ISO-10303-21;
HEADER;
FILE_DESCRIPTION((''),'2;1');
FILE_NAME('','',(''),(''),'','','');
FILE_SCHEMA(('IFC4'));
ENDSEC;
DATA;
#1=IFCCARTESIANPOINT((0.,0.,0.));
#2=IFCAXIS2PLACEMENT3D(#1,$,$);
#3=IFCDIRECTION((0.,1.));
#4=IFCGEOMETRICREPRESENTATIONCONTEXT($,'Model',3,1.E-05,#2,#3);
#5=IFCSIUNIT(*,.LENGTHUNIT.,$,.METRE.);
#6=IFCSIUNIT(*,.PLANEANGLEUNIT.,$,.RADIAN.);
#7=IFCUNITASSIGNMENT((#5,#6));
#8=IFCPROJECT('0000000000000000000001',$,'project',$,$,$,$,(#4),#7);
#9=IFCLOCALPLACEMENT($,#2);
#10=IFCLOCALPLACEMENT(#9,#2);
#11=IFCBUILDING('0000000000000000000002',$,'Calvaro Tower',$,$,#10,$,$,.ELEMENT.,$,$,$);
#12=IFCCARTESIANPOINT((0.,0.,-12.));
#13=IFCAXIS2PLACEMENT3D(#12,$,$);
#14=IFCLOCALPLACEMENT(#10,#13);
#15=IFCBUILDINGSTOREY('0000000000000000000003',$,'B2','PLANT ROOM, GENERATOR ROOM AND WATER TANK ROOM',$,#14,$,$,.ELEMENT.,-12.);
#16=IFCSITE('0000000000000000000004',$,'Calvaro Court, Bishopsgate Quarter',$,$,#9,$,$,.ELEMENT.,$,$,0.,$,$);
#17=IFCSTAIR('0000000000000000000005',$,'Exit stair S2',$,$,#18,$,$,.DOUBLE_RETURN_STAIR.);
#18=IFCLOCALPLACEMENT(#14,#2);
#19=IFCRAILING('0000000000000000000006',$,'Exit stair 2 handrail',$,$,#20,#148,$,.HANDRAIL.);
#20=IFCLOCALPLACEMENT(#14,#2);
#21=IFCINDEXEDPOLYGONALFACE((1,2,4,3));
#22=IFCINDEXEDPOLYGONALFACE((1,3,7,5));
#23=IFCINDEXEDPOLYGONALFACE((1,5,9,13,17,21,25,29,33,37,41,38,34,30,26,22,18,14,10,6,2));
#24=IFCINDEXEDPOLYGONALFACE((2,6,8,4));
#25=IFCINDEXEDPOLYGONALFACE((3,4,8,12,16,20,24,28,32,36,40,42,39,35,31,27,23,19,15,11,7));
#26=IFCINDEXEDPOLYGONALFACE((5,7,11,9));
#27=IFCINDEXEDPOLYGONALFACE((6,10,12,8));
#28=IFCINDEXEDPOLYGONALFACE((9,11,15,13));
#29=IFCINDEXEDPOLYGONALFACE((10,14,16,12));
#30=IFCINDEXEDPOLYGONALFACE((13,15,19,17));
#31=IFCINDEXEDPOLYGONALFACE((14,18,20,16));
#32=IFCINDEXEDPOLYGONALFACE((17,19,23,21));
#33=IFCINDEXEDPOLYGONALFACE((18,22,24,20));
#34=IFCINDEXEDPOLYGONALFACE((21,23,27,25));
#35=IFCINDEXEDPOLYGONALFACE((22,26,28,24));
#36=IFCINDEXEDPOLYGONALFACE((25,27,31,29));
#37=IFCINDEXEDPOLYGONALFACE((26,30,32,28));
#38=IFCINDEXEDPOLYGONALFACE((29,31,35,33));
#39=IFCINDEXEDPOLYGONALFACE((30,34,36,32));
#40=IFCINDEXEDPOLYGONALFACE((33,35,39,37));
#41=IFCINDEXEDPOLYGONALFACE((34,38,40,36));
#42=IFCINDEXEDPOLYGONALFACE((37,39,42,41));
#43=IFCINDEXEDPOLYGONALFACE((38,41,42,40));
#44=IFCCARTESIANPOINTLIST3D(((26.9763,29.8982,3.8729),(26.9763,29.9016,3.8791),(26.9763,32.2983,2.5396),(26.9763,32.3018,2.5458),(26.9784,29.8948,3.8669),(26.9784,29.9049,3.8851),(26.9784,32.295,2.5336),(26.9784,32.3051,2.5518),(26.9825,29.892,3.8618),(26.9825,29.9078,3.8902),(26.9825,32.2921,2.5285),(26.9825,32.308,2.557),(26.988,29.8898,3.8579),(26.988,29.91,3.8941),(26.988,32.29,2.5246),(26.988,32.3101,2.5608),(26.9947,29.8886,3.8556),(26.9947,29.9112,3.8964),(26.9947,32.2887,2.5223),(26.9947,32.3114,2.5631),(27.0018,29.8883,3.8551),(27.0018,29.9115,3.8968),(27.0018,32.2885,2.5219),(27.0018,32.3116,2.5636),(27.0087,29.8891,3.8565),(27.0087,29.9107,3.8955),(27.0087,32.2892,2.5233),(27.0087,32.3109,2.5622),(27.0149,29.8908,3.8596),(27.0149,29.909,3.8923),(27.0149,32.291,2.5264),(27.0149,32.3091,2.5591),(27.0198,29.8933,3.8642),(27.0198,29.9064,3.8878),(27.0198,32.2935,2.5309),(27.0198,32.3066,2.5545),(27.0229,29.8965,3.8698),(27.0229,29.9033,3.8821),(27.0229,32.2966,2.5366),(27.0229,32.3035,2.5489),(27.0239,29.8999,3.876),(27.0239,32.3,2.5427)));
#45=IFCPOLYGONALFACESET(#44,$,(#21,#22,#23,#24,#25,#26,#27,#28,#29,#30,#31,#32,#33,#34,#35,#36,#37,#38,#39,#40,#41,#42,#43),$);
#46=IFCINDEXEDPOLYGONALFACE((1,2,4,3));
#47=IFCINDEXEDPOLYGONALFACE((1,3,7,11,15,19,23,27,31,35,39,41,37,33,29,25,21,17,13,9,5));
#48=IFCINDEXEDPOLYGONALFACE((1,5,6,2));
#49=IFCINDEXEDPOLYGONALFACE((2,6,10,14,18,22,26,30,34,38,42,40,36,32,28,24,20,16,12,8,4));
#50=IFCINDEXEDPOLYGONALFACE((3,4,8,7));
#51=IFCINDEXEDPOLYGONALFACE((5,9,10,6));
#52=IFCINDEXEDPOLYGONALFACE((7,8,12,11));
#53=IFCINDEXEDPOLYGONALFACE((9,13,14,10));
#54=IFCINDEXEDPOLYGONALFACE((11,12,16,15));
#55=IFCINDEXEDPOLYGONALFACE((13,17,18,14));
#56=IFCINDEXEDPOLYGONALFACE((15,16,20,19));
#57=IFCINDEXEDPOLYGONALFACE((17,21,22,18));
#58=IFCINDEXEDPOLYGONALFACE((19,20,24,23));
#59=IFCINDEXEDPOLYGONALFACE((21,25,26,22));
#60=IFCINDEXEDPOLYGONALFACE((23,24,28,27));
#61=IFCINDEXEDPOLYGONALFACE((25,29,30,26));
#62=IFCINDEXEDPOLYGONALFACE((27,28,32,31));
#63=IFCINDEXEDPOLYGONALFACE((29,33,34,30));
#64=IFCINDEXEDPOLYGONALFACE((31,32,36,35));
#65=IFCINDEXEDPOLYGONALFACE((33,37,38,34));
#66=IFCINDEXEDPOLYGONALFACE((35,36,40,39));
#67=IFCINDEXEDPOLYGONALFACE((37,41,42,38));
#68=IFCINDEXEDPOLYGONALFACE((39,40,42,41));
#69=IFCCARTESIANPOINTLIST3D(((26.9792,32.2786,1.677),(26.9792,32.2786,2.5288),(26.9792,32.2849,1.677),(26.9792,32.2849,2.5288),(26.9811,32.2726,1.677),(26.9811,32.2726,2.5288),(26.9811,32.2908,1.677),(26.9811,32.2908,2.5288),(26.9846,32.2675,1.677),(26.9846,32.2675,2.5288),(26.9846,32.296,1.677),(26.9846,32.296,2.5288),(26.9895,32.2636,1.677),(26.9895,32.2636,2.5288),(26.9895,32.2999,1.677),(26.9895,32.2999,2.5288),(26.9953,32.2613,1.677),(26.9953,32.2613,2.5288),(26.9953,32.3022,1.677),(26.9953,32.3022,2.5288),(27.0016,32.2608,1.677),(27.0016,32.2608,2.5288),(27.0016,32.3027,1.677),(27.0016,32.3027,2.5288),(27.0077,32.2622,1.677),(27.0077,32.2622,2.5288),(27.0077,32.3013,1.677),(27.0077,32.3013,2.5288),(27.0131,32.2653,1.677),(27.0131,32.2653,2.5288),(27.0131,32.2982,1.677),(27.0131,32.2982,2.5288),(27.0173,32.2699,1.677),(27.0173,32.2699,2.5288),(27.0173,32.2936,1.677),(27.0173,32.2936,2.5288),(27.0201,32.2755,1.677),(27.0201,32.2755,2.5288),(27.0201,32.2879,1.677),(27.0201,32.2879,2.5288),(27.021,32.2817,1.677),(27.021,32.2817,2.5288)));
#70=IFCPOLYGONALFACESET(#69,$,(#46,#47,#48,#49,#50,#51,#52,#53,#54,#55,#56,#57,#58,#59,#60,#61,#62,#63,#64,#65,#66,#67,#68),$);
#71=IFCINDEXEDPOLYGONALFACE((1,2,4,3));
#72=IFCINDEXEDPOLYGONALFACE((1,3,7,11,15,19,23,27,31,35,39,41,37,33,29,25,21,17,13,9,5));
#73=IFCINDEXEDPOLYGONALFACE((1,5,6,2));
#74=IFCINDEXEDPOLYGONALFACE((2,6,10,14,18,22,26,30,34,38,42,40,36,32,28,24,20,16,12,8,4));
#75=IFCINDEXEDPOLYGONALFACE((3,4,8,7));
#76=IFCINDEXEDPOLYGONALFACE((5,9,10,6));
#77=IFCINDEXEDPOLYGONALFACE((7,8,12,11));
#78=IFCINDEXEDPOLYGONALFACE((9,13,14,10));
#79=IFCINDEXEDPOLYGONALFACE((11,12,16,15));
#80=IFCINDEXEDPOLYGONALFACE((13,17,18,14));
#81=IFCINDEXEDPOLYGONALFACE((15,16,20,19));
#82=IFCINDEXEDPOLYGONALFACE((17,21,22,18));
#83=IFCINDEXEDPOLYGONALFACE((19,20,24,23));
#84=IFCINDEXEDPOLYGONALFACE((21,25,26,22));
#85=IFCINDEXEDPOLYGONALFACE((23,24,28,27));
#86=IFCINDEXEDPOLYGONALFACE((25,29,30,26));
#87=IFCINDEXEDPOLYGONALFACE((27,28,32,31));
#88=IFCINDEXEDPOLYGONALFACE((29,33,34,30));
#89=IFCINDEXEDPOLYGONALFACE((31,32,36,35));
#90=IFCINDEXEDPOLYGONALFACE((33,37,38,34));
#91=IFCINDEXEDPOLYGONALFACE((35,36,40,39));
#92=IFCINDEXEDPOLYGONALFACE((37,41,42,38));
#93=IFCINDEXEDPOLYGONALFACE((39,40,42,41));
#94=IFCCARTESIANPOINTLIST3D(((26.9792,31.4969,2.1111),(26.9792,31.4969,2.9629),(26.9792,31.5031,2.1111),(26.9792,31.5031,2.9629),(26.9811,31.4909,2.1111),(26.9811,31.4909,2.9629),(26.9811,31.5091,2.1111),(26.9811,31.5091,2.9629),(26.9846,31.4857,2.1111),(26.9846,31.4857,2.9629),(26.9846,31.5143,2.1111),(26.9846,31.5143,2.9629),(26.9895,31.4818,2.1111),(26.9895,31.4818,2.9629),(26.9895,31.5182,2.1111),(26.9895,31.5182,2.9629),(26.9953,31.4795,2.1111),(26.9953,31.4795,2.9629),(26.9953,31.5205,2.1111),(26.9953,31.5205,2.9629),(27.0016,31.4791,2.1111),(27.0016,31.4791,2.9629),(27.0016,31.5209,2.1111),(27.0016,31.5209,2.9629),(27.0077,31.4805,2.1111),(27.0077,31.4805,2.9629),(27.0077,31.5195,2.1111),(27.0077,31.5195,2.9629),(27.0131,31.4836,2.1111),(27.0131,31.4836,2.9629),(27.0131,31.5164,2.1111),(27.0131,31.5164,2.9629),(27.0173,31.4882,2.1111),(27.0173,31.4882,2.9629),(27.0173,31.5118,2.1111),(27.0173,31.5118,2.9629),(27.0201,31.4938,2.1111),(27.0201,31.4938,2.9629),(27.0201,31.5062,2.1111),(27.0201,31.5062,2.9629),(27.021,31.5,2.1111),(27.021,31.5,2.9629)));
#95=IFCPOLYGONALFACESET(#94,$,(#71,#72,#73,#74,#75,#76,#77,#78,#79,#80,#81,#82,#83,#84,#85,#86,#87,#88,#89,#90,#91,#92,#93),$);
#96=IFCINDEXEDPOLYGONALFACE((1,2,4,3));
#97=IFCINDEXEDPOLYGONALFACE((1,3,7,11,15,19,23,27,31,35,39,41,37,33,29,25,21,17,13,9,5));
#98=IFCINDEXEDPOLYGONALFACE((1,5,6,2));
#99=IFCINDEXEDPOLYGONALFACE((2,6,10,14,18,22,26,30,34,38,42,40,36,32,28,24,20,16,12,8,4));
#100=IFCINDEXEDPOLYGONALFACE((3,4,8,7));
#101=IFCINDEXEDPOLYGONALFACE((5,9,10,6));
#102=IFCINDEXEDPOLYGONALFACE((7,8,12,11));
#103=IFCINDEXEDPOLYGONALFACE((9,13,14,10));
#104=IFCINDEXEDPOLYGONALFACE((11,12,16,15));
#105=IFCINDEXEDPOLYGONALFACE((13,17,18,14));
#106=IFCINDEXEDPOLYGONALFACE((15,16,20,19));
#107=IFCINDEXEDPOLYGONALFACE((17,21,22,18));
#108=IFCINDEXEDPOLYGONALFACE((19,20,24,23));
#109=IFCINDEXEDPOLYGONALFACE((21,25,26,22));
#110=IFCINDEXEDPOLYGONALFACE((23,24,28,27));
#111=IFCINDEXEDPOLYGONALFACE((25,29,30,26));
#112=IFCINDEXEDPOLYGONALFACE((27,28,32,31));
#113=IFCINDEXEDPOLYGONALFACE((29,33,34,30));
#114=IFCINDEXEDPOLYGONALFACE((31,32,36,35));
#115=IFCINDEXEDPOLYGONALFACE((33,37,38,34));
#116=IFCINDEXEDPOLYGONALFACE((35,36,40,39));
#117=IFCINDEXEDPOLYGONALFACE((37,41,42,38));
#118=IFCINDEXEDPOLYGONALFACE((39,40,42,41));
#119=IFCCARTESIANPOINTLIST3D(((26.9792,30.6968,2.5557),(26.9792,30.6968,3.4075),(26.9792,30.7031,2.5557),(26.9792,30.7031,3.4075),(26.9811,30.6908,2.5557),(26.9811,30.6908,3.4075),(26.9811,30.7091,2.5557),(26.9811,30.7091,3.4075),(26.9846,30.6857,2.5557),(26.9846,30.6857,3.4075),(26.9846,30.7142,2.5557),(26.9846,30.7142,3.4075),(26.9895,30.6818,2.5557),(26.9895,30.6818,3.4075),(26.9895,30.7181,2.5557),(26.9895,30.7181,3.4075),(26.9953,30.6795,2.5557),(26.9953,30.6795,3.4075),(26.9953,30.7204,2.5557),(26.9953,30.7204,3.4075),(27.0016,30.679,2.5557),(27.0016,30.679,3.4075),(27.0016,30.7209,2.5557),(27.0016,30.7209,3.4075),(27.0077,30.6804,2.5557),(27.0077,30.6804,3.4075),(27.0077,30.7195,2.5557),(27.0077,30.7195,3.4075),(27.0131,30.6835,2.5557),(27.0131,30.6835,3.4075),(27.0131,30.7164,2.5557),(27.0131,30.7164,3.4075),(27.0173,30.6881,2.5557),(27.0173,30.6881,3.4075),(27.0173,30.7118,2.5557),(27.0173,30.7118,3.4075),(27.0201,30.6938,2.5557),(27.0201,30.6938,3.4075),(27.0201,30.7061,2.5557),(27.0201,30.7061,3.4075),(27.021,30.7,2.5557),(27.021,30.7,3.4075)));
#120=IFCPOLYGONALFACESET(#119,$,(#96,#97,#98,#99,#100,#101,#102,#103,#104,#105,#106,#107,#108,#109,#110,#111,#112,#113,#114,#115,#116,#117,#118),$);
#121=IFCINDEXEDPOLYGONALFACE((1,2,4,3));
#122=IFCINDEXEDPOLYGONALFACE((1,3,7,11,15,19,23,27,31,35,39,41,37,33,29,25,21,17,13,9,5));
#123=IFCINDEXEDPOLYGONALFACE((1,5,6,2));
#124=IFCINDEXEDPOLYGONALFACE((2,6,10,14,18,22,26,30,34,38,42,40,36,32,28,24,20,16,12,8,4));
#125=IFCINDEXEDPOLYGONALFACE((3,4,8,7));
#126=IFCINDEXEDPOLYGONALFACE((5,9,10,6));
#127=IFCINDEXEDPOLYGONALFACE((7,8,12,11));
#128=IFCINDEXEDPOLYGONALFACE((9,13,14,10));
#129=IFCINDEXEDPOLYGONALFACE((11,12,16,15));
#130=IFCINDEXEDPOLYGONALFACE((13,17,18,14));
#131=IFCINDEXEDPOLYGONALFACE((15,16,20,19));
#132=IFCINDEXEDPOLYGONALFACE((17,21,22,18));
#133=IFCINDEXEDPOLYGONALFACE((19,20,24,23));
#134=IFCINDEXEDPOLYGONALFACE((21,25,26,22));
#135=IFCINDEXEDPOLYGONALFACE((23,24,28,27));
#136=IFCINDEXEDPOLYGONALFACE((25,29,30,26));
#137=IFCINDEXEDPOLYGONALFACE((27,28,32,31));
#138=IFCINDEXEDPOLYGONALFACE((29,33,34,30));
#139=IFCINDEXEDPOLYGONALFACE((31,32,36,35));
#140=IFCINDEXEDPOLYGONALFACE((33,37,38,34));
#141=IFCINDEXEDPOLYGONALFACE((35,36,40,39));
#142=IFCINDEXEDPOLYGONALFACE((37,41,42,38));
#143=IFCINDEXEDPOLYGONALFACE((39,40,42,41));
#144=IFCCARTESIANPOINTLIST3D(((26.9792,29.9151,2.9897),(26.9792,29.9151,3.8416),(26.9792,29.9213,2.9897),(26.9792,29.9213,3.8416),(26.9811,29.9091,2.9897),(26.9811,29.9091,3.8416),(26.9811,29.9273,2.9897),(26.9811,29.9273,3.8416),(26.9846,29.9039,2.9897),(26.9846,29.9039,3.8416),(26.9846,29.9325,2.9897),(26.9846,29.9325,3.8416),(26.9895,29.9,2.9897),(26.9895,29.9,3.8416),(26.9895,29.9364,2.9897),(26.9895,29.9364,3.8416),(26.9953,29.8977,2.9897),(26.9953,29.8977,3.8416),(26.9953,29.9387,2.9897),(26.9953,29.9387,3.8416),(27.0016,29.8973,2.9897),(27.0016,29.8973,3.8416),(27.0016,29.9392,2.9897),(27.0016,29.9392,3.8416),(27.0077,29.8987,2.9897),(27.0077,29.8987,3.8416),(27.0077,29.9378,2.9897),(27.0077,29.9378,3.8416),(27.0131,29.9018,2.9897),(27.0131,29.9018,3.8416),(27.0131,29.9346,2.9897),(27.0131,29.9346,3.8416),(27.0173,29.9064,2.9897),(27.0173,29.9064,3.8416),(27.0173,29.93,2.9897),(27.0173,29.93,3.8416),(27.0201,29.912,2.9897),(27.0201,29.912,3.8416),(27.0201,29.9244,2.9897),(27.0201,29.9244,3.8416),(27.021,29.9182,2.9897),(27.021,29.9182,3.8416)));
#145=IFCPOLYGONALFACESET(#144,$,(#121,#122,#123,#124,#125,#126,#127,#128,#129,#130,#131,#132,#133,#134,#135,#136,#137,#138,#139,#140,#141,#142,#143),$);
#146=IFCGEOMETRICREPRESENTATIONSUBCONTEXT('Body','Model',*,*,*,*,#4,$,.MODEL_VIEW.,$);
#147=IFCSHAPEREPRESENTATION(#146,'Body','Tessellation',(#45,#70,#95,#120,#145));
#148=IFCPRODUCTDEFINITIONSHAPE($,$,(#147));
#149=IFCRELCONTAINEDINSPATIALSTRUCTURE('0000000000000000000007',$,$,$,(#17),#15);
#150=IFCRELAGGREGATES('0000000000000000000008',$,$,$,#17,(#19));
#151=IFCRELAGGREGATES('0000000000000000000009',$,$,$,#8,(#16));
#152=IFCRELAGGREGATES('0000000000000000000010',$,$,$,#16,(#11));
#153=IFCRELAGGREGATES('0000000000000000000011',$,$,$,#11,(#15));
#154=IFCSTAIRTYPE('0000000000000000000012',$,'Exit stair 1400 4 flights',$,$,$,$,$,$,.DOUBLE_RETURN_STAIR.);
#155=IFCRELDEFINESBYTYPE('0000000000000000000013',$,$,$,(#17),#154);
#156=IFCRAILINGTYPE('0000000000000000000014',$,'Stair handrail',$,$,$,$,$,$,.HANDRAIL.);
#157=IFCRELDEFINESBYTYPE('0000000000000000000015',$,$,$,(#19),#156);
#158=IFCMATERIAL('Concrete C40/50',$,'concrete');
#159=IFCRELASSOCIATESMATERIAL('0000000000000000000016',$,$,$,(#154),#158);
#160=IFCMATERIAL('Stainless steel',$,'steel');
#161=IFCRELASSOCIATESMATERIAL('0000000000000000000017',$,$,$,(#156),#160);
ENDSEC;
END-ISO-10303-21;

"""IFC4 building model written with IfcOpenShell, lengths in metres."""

from ifc_helpers import new_model, si_unit, direction, frame, origin, origin_2d, place, context, subcontext, project, spatial, circle, extrude, material, type_object, element, aggregate, save


model = new_model("IFC4")

# Units and contexts
model_context = context("Model", 3, precision=1e-05, world=origin(), true_north=direction((0.0, 1.0)))
body_context = subcontext(model_context, "Body", "Model", "MODEL_VIEW")
ifc_project = project(units=[si_unit("LENGTHUNIT", "METRE"), si_unit("PLANEANGLEUNIT", "RADIAN")], contexts=[model_context])

# Site, building, storey
site_placement = place(None, origin())
site = spatial("IfcSite", under=ifc_project, at=site_placement, Name="Calvaro Court, Bishopsgate Quarter", CompositionType="ELEMENT", RefElevation=0.0)
building_placement = place(site_placement, origin())
building = spatial("IfcBuilding", under=site, at=building_placement, Name="Calvaro Tower", CompositionType="ELEMENT")
storey_placement = place(building_placement, frame((0.0, 0.0, -12.0)))
storey = spatial("IfcBuildingStorey", under=building, at=storey_placement, Name="B2", Description="PLANT ROOM, GENERATOR ROOM AND WATER TANK ROOM", CompositionType="ELEMENT", Elevation=-12.0)

# Stair, railing
ifc_material_1 = material(Name="Concrete C40/50", Category="concrete")
stair_type = type_object("IfcStairType", Name="Exit stair 1400 4 flights", PredefinedType="DOUBLE_RETURN_STAIR", material=ifc_material_1)
stair_placement = place(storey_placement, origin())
stair = element("IfcStair", 1, at=stair_placement, inside=storey, type_object=stair_type, Name="Exit stair S2", PredefinedType="DOUBLE_RETURN_STAIR")
ifc_material_2 = material(Name="Stainless steel", Category="steel")
railing_type = type_object("IfcRailingType", Name="Stair handrail", PredefinedType="HANDRAIL", material=ifc_material_2)
railing_1_placement = place(storey_placement, frame((27.0, 32.3, 1.6667)))
railing_1 = element("IfcRailing", 2, at=railing_1_placement, type_object=railing_type, Name="Exit stair 2 handrail", PredefinedType="HANDRAIL", context=body_context, shape_type="SweptSolid", body=[
    extrude(circle(Radius=0.0239, at=origin_2d()), frame((0.0, 0.0, 0.876), z_axis=(0.0, -0.874182, 0.485598), x_axis=(1.0, 0.0, 0.0)), (0.0, 0.0, 1.0), 2.7456),
    extrude(circle(Radius=0.021, at=origin_2d()), frame((0.0, -0.0183, 0.0103)), (0.0, 0.0, 1.0), 0.8518),
    extrude(circle(Radius=0.021, at=origin_2d()), frame((0.0, -0.8, 0.4443)), (0.0, 0.0, 1.0), 0.8518),
    extrude(circle(Radius=0.021, at=origin_2d()), frame((0.0, -1.6001, 0.8889)), (0.0, 0.0, 1.0), 0.8518),
    extrude(circle(Radius=0.021, at=origin_2d()), frame((0.0, -2.3818, 1.323)), (0.0, 0.0, 1.0), 0.8518),
])
aggregate(stair, [railing_1])

save(model, "model.ifc")
